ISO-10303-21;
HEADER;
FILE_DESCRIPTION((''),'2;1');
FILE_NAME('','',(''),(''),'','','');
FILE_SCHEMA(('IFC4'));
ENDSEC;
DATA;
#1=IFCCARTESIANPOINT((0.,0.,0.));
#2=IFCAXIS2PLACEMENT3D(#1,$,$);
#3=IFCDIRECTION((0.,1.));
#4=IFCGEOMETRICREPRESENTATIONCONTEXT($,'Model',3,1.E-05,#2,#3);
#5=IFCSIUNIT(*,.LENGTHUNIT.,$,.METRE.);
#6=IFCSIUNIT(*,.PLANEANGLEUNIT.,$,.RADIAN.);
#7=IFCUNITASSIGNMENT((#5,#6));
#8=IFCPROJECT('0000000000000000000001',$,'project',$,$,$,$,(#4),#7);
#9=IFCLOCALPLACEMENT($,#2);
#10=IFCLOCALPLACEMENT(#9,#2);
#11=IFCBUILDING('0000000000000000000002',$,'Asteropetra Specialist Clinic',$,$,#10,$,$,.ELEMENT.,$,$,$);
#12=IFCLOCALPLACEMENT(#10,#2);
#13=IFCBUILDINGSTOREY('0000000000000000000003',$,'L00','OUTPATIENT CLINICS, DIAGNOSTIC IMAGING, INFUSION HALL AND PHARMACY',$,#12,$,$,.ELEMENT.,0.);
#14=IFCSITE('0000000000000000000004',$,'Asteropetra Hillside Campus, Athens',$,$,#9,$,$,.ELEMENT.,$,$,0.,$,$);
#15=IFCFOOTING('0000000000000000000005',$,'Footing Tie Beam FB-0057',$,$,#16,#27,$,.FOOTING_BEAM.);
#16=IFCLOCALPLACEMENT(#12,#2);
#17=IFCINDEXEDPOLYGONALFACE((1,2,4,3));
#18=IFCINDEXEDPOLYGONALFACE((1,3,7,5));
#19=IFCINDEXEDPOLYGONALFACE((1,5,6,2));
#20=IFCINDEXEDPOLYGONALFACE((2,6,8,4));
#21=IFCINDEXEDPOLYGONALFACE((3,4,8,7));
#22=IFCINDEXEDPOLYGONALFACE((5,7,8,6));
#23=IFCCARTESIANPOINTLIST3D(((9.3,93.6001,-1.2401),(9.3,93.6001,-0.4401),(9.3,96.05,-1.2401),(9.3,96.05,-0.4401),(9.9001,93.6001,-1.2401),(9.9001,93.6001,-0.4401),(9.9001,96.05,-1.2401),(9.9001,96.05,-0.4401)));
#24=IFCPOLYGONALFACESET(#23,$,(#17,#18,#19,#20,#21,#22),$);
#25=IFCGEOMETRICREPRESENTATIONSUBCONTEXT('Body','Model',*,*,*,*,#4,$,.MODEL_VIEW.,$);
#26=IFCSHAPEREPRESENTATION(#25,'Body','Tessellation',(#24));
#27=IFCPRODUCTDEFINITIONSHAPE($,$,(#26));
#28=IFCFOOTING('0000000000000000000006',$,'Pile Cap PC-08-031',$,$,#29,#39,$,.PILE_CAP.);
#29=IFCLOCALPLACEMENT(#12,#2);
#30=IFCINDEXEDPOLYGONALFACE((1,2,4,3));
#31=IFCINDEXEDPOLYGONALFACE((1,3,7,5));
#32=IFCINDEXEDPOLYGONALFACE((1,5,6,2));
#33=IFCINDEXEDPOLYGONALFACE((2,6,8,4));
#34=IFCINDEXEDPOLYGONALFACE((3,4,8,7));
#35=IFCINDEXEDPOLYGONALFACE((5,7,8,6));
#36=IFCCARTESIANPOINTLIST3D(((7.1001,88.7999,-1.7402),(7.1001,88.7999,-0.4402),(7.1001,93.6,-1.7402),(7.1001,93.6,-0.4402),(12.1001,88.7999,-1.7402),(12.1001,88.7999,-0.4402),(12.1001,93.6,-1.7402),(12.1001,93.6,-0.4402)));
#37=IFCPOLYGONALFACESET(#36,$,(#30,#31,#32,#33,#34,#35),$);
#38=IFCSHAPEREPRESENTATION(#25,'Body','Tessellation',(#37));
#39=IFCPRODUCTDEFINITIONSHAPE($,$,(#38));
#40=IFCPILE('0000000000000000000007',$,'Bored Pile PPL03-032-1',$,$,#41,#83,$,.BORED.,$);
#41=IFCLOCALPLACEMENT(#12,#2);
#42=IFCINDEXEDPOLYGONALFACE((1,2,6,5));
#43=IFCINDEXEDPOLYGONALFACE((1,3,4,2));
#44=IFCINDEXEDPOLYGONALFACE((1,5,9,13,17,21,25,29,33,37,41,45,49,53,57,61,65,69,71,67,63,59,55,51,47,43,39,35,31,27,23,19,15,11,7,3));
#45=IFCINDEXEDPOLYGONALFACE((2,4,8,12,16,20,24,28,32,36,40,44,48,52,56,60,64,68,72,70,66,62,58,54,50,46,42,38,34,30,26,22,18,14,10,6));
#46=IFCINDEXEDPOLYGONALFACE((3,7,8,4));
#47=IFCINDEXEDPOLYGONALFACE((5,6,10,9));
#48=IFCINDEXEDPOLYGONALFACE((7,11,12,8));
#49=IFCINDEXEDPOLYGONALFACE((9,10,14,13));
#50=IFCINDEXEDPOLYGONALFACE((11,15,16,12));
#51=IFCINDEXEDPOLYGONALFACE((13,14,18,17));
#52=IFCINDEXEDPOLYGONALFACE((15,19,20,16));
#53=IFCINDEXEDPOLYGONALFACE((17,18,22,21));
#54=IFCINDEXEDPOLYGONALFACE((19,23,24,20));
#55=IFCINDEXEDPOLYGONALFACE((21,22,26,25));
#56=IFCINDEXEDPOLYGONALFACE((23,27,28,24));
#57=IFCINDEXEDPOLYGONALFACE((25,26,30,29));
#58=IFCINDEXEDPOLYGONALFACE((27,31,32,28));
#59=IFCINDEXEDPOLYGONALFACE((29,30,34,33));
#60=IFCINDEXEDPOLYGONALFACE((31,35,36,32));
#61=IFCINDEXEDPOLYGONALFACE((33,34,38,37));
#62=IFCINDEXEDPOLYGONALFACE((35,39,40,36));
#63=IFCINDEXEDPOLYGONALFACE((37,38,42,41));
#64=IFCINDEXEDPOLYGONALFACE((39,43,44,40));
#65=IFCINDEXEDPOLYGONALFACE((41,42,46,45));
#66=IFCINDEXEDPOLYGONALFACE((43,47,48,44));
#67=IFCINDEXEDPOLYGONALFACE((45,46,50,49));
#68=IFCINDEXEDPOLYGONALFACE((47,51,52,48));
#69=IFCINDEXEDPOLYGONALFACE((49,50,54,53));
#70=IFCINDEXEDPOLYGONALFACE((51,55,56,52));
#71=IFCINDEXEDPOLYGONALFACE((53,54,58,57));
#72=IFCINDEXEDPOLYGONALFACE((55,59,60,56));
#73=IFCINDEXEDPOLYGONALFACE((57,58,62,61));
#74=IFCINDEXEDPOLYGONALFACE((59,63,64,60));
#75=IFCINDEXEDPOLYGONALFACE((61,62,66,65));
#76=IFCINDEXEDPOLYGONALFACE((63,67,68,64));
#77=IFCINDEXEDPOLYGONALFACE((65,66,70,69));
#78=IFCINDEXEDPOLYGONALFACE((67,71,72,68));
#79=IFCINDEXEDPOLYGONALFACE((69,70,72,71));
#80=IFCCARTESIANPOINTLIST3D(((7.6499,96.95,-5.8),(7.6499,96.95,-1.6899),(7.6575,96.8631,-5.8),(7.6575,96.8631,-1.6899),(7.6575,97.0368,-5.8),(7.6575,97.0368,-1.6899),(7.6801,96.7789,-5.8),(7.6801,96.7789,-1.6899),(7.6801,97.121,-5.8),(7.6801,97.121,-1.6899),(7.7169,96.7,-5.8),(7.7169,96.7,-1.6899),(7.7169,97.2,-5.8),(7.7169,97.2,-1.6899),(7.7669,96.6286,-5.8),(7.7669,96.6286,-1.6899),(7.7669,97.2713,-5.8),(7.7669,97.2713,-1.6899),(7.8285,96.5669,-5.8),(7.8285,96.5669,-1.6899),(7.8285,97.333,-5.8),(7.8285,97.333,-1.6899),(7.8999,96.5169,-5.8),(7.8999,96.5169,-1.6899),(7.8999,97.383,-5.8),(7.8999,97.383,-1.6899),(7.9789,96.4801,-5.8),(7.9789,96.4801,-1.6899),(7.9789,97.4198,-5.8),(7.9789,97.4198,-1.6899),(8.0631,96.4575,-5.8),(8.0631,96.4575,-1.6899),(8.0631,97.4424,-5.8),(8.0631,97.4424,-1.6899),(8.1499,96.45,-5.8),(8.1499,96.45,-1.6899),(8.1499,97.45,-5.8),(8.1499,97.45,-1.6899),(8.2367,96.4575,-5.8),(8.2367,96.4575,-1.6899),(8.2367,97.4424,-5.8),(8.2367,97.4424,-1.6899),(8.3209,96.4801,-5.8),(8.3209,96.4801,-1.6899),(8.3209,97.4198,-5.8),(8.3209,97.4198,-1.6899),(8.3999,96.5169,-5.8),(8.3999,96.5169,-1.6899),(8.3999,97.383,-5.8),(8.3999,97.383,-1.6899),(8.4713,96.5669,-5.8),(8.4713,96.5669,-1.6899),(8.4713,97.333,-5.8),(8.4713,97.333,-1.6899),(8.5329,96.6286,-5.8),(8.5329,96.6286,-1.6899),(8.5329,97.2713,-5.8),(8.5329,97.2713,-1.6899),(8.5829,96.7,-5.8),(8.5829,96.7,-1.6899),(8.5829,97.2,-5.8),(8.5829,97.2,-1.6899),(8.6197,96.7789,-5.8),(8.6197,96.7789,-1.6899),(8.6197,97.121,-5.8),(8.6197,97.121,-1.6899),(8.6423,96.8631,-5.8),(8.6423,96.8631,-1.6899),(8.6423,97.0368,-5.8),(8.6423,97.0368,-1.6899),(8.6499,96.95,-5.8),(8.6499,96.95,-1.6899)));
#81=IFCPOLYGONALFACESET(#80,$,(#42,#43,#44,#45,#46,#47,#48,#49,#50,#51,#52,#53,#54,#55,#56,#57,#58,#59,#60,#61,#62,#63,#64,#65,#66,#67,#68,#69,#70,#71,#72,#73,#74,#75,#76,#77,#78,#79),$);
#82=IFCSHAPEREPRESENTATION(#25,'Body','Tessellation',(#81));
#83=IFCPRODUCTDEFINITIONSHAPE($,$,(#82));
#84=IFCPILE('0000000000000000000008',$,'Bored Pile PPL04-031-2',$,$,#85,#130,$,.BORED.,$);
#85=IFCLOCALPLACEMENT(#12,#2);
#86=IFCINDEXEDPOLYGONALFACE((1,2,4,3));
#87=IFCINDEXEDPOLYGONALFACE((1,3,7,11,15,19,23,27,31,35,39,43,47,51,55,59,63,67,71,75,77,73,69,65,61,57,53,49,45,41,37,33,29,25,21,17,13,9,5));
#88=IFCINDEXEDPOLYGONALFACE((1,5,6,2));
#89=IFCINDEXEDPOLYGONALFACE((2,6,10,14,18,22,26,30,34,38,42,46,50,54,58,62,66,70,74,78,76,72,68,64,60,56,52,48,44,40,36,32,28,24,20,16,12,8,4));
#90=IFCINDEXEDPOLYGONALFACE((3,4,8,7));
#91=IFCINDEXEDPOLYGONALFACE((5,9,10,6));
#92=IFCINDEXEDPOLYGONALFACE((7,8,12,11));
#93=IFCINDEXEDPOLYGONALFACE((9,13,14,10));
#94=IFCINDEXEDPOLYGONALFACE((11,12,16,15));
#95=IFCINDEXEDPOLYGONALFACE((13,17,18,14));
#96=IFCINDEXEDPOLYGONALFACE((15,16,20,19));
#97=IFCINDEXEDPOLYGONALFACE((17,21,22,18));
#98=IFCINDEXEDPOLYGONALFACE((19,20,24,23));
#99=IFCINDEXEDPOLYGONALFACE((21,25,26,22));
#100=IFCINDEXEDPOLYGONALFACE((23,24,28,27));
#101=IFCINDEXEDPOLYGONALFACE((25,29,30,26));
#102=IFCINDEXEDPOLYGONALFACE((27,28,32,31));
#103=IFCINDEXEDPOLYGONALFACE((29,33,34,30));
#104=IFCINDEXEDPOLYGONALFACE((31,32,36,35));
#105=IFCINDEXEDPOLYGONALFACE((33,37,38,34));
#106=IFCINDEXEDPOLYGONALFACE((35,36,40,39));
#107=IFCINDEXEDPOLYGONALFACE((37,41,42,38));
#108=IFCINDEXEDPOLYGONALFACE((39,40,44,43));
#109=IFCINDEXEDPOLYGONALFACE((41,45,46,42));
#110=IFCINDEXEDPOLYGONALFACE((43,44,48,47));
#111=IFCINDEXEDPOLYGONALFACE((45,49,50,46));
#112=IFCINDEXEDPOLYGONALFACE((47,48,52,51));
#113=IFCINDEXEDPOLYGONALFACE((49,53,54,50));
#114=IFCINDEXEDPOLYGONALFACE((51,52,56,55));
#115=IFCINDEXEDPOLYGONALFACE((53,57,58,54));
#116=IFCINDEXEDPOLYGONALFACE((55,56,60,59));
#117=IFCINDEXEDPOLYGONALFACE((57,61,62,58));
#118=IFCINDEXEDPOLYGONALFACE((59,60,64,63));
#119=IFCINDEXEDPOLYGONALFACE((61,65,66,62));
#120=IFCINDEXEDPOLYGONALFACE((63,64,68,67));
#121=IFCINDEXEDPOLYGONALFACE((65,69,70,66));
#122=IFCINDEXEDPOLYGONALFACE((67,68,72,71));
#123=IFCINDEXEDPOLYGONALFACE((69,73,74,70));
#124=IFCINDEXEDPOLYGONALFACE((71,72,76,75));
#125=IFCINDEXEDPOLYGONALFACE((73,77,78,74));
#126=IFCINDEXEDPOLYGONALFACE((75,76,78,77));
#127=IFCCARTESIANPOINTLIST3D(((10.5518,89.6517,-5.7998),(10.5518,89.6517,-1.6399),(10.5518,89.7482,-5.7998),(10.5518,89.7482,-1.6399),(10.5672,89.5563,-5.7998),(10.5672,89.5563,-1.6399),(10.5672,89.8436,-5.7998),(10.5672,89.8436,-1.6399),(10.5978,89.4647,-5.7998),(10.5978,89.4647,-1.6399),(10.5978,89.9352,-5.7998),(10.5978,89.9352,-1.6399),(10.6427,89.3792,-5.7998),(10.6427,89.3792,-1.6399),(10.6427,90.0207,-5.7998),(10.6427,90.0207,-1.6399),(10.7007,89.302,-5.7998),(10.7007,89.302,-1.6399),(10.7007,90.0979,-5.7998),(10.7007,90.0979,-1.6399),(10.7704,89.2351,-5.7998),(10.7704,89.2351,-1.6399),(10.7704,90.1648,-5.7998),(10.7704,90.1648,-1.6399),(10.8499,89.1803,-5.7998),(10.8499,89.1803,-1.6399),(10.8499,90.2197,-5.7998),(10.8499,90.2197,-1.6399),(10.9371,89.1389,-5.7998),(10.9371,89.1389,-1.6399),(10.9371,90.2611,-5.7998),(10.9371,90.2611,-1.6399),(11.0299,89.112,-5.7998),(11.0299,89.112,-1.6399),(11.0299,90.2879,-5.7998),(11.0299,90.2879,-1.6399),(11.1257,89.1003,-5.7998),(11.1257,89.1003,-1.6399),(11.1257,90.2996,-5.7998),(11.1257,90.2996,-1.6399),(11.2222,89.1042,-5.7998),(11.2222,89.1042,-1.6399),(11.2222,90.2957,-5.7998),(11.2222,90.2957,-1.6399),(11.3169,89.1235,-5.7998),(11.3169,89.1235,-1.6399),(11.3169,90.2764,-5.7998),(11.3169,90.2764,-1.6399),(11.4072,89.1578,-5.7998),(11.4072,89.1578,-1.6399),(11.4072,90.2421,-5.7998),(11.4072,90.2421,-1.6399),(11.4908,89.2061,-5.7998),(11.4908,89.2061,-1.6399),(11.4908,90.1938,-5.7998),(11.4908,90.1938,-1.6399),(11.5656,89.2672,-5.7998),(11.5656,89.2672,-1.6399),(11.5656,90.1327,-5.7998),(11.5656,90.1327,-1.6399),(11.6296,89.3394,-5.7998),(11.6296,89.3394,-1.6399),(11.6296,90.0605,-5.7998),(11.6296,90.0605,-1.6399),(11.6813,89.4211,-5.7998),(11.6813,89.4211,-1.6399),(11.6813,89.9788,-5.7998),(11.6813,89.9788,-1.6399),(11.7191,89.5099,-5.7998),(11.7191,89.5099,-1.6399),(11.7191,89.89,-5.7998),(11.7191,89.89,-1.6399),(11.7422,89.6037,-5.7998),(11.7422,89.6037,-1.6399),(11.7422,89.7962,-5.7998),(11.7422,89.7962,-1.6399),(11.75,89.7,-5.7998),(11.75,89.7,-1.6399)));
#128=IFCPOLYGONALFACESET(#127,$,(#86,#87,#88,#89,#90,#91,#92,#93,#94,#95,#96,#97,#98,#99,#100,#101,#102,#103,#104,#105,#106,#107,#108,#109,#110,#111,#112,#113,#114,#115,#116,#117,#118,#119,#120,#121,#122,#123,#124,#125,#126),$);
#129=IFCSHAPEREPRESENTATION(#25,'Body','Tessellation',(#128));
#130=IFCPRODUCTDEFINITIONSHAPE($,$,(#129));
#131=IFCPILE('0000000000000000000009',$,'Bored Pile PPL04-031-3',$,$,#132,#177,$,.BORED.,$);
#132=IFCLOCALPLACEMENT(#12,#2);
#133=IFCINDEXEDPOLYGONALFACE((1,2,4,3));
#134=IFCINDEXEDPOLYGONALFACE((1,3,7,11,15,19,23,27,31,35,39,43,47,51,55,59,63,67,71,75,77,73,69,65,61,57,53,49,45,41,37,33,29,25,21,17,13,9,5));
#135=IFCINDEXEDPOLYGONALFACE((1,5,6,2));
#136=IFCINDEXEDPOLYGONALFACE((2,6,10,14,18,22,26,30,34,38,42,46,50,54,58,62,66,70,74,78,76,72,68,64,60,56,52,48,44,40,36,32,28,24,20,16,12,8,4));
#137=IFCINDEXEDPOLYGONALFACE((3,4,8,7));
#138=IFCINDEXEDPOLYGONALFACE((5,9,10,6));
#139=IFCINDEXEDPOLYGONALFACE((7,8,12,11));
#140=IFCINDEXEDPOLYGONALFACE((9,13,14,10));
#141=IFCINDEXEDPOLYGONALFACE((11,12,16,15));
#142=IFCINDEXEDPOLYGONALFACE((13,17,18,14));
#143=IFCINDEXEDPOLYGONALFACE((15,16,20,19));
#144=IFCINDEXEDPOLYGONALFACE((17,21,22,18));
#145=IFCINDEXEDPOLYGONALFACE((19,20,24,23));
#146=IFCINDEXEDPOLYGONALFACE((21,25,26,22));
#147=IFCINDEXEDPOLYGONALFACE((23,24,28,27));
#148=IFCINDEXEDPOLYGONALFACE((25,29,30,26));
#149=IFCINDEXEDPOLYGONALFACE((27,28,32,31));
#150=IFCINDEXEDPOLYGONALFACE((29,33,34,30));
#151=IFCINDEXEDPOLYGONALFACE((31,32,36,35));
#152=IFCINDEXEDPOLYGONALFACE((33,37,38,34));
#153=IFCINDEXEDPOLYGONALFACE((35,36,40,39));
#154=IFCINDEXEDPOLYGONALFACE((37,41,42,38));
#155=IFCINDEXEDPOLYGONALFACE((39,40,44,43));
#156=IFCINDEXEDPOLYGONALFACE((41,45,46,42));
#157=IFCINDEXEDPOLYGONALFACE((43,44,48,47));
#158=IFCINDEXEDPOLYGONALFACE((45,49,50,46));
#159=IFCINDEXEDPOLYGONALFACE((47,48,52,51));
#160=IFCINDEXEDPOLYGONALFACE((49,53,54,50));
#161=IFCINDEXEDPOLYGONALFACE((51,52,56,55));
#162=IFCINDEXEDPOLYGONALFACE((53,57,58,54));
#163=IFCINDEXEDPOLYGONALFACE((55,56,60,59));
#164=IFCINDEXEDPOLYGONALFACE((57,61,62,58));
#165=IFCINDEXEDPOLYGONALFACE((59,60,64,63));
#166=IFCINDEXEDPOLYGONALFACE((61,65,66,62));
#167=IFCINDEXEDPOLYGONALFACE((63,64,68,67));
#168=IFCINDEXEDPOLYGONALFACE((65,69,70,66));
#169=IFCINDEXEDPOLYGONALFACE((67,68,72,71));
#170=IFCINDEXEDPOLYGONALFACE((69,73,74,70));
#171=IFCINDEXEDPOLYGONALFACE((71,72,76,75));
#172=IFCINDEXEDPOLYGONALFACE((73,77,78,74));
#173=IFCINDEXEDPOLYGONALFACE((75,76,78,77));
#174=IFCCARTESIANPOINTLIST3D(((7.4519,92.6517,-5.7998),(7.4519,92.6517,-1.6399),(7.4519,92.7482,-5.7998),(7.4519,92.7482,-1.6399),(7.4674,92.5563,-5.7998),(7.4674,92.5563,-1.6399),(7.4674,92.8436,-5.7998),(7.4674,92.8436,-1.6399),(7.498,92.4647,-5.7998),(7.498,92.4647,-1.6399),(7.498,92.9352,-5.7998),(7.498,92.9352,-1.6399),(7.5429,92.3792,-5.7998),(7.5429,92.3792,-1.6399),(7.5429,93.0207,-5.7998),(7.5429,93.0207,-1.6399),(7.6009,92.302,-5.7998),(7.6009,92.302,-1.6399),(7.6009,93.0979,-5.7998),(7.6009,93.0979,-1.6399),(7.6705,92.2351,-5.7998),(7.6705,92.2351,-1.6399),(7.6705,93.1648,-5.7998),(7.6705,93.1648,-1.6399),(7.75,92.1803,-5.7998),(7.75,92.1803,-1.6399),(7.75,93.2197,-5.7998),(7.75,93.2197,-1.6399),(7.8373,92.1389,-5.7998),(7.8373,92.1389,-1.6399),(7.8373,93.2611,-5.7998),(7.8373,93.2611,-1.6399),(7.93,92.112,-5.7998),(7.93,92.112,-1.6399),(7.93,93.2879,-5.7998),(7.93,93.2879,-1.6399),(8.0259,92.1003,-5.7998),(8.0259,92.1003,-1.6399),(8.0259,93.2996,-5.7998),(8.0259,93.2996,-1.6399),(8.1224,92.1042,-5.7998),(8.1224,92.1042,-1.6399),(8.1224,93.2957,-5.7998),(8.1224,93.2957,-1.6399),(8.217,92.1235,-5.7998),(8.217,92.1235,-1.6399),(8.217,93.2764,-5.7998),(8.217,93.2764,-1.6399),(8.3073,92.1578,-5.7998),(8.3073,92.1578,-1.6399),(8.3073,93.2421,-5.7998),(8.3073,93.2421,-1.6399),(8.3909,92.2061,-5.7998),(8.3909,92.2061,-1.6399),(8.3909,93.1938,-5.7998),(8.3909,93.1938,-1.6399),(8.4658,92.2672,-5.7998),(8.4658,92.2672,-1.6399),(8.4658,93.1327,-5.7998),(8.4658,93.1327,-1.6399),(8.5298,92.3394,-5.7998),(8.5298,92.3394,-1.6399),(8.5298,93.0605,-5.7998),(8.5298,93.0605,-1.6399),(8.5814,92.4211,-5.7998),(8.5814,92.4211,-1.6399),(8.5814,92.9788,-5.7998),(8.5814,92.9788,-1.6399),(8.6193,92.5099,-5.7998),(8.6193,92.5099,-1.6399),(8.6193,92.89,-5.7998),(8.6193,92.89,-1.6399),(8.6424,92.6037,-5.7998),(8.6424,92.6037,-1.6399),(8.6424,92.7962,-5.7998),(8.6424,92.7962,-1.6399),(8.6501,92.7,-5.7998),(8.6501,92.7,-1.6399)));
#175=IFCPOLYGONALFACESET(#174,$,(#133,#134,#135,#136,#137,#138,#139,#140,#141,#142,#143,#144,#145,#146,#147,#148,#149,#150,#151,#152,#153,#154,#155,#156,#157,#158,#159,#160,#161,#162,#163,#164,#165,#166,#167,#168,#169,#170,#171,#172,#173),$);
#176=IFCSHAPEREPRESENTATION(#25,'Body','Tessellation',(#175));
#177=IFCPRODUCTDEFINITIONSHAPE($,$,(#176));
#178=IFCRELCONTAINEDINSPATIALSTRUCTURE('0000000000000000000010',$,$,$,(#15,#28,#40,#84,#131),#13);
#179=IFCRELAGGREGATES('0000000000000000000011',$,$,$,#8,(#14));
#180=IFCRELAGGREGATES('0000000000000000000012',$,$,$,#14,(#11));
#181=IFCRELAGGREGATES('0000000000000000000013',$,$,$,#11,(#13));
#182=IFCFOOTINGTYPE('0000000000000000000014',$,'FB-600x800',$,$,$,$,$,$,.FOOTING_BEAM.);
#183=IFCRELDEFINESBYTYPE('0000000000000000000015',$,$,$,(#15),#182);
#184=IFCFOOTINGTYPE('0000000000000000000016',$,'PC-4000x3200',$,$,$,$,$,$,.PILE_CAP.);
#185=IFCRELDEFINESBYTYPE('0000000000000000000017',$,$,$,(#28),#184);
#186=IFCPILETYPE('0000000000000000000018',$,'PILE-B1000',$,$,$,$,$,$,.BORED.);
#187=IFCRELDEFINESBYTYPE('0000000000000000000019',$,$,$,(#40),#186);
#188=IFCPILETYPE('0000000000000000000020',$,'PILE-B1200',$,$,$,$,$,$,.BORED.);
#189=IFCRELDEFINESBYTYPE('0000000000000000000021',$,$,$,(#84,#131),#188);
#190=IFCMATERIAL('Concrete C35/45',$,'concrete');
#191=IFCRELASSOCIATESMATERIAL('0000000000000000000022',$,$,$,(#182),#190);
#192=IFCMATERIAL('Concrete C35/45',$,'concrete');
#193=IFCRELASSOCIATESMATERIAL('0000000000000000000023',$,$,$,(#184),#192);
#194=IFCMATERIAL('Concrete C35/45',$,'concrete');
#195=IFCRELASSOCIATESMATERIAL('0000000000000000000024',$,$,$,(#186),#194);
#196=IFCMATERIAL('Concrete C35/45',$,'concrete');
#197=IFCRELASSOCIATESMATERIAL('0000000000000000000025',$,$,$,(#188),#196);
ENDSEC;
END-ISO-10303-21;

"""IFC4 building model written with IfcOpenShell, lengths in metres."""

from ifc_helpers import new_model, si_unit, direction, frame, origin, origin_2d, place, context, subcontext, project, spatial, rectangle, circle, extrude, material, material_profile, profile_set, type_object, element, save


model = new_model("IFC4")

# Units and contexts
model_context = context("Model", 3, precision=1e-05, world=origin(), true_north=direction((0.0, 1.0)))
body_context = subcontext(model_context, "Body", "Model", "MODEL_VIEW")
ifc_project = project(units=[si_unit("LENGTHUNIT", "METRE"), si_unit("PLANEANGLEUNIT", "RADIAN")], contexts=[model_context])

# Site, building, storey
site_placement = place(None, origin())
site = spatial("IfcSite", under=ifc_project, at=site_placement, Name="Asteropetra Hillside Campus, Athens", CompositionType="ELEMENT", RefElevation=0.0)
building_placement = place(site_placement, origin())
building = spatial("IfcBuilding", under=site, at=building_placement, Name="Asteropetra Specialist Clinic", CompositionType="ELEMENT")
storey_placement = place(building_placement, origin())
storey = spatial("IfcBuildingStorey", under=building, at=storey_placement, Name="L00", Description="OUTPATIENT CLINICS, DIAGNOSTIC IMAGING, INFUSION HALL AND PHARMACY", CompositionType="ELEMENT", Elevation=0.0)

# Footings
ifc_material_1 = material(Name="Concrete C35/45", Category="concrete")
ifc_material_profile_1 = material_profile(ifc_material_1, rectangle(XDim=0.6001, YDim=0.8, at=origin_2d()), Name="FB 600x800")
ifc_profile_set_1 = profile_set([ifc_material_profile_1], Name="Concrete C35/45")
footing_type_1 = type_object("IfcFootingType", Name="FB-600x800", PredefinedType="FOOTING_BEAM", material=ifc_profile_set_1)
footing_1_placement = place(storey_placement, frame((9.6001, 93.6001, -0.8401), z_axis=(0.0, 1.0, 0.0), x_axis=(-1.0, 0.0, 0.0)))
element("IfcFooting", 1, at=footing_1_placement, inside=storey, type_object=footing_type_1, Name="Footing Tie Beam FB-0057", PredefinedType="FOOTING_BEAM", context=body_context, shape_type="SweptSolid", body=[
    extrude(rectangle(XDim=0.6001, YDim=0.8, at=origin_2d()), origin(), (0.0, 0.0, 1.0), 2.45),
])
ifc_material_2 = material(Name="Concrete C35/45", Category="concrete")
footing_type_2 = type_object("IfcFootingType", Name="PC-4000x3200", PredefinedType="PILE_CAP", material=ifc_material_2)
footing_2_placement = place(storey_placement, frame((9.6001, 91.2, -1.7402), z_axis=(0.0, 0.0, 1.0), x_axis=(1.0, 0.0, 0.0)))
element("IfcFooting", 2, at=footing_2_placement, inside=storey, type_object=footing_type_2, Name="Pile Cap PC-08-031", PredefinedType="PILE_CAP", context=body_context, shape_type="SweptSolid", body=[
    extrude(rectangle(XDim=5.0, YDim=4.8, at=origin_2d()), origin(), (0.0, 0.0, 1.0), 1.3),
])

# Piles
ifc_material_3 = material(Name="Concrete C35/45", Category="concrete")
ifc_material_profile_2 = material_profile(ifc_material_3, circle(Radius=0.5, at=origin_2d()), Name="PILE D1000")
ifc_profile_set_2 = profile_set([ifc_material_profile_2], Name="Concrete C35/45")
pile_type_1 = type_object("IfcPileType", Name="PILE-B1000", PredefinedType="BORED", material=ifc_profile_set_2)
pile_placement = place(storey_placement, frame((8.1499, 96.95, -1.6899), z_axis=(0.0, 0.0, -1.0), x_axis=(1.0, 0.0, 0.0)))
element("IfcPile", 3, at=pile_placement, inside=storey, type_object=pile_type_1, Name="Bored Pile PPL03-032-1", PredefinedType="BORED", context=body_context, shape_type="SweptSolid", body=[
    extrude(circle(Radius=0.5, at=origin_2d()), origin(), (0.0, 0.0, 1.0), 4.1101),
])
ifc_material_4 = material(Name="Concrete C35/45", Category="concrete")
ifc_material_profile_3 = material_profile(ifc_material_4, circle(Radius=0.6001, at=origin_2d()), Name="PILE D1200")
ifc_profile_set_3 = profile_set([ifc_material_profile_3], Name="Concrete C35/45")
pile_type_2 = type_object("IfcPileType", Name="PILE-B1200", PredefinedType="BORED", material=ifc_profile_set_3)
for number, where, z_axis, x_axis, name in (
    (4, (11.1499, 89.7, -1.6399), (0.0, 0.0, -1.0), (1.0, 0.0, 0.0), "Bored Pile PPL04-031-2"),
    (5, (8.05, 92.7, -1.6399), (0.0, 0.0, -1.0), (1.0, 0.0, 0.0), "Bored Pile PPL04-031-3"),
):
    element("IfcPile", number, at=place(storey_placement, frame(where, z_axis=z_axis, x_axis=x_axis)), inside=storey, type_object=pile_type_2, Name=name, PredefinedType="BORED", context=body_context, shape_type="SweptSolid", body=[
        extrude(circle(Radius=0.6001, at=origin_2d()), origin(), (0.0, 0.0, 1.0), 4.1599),
    ])

save(model, "model.ifc")
